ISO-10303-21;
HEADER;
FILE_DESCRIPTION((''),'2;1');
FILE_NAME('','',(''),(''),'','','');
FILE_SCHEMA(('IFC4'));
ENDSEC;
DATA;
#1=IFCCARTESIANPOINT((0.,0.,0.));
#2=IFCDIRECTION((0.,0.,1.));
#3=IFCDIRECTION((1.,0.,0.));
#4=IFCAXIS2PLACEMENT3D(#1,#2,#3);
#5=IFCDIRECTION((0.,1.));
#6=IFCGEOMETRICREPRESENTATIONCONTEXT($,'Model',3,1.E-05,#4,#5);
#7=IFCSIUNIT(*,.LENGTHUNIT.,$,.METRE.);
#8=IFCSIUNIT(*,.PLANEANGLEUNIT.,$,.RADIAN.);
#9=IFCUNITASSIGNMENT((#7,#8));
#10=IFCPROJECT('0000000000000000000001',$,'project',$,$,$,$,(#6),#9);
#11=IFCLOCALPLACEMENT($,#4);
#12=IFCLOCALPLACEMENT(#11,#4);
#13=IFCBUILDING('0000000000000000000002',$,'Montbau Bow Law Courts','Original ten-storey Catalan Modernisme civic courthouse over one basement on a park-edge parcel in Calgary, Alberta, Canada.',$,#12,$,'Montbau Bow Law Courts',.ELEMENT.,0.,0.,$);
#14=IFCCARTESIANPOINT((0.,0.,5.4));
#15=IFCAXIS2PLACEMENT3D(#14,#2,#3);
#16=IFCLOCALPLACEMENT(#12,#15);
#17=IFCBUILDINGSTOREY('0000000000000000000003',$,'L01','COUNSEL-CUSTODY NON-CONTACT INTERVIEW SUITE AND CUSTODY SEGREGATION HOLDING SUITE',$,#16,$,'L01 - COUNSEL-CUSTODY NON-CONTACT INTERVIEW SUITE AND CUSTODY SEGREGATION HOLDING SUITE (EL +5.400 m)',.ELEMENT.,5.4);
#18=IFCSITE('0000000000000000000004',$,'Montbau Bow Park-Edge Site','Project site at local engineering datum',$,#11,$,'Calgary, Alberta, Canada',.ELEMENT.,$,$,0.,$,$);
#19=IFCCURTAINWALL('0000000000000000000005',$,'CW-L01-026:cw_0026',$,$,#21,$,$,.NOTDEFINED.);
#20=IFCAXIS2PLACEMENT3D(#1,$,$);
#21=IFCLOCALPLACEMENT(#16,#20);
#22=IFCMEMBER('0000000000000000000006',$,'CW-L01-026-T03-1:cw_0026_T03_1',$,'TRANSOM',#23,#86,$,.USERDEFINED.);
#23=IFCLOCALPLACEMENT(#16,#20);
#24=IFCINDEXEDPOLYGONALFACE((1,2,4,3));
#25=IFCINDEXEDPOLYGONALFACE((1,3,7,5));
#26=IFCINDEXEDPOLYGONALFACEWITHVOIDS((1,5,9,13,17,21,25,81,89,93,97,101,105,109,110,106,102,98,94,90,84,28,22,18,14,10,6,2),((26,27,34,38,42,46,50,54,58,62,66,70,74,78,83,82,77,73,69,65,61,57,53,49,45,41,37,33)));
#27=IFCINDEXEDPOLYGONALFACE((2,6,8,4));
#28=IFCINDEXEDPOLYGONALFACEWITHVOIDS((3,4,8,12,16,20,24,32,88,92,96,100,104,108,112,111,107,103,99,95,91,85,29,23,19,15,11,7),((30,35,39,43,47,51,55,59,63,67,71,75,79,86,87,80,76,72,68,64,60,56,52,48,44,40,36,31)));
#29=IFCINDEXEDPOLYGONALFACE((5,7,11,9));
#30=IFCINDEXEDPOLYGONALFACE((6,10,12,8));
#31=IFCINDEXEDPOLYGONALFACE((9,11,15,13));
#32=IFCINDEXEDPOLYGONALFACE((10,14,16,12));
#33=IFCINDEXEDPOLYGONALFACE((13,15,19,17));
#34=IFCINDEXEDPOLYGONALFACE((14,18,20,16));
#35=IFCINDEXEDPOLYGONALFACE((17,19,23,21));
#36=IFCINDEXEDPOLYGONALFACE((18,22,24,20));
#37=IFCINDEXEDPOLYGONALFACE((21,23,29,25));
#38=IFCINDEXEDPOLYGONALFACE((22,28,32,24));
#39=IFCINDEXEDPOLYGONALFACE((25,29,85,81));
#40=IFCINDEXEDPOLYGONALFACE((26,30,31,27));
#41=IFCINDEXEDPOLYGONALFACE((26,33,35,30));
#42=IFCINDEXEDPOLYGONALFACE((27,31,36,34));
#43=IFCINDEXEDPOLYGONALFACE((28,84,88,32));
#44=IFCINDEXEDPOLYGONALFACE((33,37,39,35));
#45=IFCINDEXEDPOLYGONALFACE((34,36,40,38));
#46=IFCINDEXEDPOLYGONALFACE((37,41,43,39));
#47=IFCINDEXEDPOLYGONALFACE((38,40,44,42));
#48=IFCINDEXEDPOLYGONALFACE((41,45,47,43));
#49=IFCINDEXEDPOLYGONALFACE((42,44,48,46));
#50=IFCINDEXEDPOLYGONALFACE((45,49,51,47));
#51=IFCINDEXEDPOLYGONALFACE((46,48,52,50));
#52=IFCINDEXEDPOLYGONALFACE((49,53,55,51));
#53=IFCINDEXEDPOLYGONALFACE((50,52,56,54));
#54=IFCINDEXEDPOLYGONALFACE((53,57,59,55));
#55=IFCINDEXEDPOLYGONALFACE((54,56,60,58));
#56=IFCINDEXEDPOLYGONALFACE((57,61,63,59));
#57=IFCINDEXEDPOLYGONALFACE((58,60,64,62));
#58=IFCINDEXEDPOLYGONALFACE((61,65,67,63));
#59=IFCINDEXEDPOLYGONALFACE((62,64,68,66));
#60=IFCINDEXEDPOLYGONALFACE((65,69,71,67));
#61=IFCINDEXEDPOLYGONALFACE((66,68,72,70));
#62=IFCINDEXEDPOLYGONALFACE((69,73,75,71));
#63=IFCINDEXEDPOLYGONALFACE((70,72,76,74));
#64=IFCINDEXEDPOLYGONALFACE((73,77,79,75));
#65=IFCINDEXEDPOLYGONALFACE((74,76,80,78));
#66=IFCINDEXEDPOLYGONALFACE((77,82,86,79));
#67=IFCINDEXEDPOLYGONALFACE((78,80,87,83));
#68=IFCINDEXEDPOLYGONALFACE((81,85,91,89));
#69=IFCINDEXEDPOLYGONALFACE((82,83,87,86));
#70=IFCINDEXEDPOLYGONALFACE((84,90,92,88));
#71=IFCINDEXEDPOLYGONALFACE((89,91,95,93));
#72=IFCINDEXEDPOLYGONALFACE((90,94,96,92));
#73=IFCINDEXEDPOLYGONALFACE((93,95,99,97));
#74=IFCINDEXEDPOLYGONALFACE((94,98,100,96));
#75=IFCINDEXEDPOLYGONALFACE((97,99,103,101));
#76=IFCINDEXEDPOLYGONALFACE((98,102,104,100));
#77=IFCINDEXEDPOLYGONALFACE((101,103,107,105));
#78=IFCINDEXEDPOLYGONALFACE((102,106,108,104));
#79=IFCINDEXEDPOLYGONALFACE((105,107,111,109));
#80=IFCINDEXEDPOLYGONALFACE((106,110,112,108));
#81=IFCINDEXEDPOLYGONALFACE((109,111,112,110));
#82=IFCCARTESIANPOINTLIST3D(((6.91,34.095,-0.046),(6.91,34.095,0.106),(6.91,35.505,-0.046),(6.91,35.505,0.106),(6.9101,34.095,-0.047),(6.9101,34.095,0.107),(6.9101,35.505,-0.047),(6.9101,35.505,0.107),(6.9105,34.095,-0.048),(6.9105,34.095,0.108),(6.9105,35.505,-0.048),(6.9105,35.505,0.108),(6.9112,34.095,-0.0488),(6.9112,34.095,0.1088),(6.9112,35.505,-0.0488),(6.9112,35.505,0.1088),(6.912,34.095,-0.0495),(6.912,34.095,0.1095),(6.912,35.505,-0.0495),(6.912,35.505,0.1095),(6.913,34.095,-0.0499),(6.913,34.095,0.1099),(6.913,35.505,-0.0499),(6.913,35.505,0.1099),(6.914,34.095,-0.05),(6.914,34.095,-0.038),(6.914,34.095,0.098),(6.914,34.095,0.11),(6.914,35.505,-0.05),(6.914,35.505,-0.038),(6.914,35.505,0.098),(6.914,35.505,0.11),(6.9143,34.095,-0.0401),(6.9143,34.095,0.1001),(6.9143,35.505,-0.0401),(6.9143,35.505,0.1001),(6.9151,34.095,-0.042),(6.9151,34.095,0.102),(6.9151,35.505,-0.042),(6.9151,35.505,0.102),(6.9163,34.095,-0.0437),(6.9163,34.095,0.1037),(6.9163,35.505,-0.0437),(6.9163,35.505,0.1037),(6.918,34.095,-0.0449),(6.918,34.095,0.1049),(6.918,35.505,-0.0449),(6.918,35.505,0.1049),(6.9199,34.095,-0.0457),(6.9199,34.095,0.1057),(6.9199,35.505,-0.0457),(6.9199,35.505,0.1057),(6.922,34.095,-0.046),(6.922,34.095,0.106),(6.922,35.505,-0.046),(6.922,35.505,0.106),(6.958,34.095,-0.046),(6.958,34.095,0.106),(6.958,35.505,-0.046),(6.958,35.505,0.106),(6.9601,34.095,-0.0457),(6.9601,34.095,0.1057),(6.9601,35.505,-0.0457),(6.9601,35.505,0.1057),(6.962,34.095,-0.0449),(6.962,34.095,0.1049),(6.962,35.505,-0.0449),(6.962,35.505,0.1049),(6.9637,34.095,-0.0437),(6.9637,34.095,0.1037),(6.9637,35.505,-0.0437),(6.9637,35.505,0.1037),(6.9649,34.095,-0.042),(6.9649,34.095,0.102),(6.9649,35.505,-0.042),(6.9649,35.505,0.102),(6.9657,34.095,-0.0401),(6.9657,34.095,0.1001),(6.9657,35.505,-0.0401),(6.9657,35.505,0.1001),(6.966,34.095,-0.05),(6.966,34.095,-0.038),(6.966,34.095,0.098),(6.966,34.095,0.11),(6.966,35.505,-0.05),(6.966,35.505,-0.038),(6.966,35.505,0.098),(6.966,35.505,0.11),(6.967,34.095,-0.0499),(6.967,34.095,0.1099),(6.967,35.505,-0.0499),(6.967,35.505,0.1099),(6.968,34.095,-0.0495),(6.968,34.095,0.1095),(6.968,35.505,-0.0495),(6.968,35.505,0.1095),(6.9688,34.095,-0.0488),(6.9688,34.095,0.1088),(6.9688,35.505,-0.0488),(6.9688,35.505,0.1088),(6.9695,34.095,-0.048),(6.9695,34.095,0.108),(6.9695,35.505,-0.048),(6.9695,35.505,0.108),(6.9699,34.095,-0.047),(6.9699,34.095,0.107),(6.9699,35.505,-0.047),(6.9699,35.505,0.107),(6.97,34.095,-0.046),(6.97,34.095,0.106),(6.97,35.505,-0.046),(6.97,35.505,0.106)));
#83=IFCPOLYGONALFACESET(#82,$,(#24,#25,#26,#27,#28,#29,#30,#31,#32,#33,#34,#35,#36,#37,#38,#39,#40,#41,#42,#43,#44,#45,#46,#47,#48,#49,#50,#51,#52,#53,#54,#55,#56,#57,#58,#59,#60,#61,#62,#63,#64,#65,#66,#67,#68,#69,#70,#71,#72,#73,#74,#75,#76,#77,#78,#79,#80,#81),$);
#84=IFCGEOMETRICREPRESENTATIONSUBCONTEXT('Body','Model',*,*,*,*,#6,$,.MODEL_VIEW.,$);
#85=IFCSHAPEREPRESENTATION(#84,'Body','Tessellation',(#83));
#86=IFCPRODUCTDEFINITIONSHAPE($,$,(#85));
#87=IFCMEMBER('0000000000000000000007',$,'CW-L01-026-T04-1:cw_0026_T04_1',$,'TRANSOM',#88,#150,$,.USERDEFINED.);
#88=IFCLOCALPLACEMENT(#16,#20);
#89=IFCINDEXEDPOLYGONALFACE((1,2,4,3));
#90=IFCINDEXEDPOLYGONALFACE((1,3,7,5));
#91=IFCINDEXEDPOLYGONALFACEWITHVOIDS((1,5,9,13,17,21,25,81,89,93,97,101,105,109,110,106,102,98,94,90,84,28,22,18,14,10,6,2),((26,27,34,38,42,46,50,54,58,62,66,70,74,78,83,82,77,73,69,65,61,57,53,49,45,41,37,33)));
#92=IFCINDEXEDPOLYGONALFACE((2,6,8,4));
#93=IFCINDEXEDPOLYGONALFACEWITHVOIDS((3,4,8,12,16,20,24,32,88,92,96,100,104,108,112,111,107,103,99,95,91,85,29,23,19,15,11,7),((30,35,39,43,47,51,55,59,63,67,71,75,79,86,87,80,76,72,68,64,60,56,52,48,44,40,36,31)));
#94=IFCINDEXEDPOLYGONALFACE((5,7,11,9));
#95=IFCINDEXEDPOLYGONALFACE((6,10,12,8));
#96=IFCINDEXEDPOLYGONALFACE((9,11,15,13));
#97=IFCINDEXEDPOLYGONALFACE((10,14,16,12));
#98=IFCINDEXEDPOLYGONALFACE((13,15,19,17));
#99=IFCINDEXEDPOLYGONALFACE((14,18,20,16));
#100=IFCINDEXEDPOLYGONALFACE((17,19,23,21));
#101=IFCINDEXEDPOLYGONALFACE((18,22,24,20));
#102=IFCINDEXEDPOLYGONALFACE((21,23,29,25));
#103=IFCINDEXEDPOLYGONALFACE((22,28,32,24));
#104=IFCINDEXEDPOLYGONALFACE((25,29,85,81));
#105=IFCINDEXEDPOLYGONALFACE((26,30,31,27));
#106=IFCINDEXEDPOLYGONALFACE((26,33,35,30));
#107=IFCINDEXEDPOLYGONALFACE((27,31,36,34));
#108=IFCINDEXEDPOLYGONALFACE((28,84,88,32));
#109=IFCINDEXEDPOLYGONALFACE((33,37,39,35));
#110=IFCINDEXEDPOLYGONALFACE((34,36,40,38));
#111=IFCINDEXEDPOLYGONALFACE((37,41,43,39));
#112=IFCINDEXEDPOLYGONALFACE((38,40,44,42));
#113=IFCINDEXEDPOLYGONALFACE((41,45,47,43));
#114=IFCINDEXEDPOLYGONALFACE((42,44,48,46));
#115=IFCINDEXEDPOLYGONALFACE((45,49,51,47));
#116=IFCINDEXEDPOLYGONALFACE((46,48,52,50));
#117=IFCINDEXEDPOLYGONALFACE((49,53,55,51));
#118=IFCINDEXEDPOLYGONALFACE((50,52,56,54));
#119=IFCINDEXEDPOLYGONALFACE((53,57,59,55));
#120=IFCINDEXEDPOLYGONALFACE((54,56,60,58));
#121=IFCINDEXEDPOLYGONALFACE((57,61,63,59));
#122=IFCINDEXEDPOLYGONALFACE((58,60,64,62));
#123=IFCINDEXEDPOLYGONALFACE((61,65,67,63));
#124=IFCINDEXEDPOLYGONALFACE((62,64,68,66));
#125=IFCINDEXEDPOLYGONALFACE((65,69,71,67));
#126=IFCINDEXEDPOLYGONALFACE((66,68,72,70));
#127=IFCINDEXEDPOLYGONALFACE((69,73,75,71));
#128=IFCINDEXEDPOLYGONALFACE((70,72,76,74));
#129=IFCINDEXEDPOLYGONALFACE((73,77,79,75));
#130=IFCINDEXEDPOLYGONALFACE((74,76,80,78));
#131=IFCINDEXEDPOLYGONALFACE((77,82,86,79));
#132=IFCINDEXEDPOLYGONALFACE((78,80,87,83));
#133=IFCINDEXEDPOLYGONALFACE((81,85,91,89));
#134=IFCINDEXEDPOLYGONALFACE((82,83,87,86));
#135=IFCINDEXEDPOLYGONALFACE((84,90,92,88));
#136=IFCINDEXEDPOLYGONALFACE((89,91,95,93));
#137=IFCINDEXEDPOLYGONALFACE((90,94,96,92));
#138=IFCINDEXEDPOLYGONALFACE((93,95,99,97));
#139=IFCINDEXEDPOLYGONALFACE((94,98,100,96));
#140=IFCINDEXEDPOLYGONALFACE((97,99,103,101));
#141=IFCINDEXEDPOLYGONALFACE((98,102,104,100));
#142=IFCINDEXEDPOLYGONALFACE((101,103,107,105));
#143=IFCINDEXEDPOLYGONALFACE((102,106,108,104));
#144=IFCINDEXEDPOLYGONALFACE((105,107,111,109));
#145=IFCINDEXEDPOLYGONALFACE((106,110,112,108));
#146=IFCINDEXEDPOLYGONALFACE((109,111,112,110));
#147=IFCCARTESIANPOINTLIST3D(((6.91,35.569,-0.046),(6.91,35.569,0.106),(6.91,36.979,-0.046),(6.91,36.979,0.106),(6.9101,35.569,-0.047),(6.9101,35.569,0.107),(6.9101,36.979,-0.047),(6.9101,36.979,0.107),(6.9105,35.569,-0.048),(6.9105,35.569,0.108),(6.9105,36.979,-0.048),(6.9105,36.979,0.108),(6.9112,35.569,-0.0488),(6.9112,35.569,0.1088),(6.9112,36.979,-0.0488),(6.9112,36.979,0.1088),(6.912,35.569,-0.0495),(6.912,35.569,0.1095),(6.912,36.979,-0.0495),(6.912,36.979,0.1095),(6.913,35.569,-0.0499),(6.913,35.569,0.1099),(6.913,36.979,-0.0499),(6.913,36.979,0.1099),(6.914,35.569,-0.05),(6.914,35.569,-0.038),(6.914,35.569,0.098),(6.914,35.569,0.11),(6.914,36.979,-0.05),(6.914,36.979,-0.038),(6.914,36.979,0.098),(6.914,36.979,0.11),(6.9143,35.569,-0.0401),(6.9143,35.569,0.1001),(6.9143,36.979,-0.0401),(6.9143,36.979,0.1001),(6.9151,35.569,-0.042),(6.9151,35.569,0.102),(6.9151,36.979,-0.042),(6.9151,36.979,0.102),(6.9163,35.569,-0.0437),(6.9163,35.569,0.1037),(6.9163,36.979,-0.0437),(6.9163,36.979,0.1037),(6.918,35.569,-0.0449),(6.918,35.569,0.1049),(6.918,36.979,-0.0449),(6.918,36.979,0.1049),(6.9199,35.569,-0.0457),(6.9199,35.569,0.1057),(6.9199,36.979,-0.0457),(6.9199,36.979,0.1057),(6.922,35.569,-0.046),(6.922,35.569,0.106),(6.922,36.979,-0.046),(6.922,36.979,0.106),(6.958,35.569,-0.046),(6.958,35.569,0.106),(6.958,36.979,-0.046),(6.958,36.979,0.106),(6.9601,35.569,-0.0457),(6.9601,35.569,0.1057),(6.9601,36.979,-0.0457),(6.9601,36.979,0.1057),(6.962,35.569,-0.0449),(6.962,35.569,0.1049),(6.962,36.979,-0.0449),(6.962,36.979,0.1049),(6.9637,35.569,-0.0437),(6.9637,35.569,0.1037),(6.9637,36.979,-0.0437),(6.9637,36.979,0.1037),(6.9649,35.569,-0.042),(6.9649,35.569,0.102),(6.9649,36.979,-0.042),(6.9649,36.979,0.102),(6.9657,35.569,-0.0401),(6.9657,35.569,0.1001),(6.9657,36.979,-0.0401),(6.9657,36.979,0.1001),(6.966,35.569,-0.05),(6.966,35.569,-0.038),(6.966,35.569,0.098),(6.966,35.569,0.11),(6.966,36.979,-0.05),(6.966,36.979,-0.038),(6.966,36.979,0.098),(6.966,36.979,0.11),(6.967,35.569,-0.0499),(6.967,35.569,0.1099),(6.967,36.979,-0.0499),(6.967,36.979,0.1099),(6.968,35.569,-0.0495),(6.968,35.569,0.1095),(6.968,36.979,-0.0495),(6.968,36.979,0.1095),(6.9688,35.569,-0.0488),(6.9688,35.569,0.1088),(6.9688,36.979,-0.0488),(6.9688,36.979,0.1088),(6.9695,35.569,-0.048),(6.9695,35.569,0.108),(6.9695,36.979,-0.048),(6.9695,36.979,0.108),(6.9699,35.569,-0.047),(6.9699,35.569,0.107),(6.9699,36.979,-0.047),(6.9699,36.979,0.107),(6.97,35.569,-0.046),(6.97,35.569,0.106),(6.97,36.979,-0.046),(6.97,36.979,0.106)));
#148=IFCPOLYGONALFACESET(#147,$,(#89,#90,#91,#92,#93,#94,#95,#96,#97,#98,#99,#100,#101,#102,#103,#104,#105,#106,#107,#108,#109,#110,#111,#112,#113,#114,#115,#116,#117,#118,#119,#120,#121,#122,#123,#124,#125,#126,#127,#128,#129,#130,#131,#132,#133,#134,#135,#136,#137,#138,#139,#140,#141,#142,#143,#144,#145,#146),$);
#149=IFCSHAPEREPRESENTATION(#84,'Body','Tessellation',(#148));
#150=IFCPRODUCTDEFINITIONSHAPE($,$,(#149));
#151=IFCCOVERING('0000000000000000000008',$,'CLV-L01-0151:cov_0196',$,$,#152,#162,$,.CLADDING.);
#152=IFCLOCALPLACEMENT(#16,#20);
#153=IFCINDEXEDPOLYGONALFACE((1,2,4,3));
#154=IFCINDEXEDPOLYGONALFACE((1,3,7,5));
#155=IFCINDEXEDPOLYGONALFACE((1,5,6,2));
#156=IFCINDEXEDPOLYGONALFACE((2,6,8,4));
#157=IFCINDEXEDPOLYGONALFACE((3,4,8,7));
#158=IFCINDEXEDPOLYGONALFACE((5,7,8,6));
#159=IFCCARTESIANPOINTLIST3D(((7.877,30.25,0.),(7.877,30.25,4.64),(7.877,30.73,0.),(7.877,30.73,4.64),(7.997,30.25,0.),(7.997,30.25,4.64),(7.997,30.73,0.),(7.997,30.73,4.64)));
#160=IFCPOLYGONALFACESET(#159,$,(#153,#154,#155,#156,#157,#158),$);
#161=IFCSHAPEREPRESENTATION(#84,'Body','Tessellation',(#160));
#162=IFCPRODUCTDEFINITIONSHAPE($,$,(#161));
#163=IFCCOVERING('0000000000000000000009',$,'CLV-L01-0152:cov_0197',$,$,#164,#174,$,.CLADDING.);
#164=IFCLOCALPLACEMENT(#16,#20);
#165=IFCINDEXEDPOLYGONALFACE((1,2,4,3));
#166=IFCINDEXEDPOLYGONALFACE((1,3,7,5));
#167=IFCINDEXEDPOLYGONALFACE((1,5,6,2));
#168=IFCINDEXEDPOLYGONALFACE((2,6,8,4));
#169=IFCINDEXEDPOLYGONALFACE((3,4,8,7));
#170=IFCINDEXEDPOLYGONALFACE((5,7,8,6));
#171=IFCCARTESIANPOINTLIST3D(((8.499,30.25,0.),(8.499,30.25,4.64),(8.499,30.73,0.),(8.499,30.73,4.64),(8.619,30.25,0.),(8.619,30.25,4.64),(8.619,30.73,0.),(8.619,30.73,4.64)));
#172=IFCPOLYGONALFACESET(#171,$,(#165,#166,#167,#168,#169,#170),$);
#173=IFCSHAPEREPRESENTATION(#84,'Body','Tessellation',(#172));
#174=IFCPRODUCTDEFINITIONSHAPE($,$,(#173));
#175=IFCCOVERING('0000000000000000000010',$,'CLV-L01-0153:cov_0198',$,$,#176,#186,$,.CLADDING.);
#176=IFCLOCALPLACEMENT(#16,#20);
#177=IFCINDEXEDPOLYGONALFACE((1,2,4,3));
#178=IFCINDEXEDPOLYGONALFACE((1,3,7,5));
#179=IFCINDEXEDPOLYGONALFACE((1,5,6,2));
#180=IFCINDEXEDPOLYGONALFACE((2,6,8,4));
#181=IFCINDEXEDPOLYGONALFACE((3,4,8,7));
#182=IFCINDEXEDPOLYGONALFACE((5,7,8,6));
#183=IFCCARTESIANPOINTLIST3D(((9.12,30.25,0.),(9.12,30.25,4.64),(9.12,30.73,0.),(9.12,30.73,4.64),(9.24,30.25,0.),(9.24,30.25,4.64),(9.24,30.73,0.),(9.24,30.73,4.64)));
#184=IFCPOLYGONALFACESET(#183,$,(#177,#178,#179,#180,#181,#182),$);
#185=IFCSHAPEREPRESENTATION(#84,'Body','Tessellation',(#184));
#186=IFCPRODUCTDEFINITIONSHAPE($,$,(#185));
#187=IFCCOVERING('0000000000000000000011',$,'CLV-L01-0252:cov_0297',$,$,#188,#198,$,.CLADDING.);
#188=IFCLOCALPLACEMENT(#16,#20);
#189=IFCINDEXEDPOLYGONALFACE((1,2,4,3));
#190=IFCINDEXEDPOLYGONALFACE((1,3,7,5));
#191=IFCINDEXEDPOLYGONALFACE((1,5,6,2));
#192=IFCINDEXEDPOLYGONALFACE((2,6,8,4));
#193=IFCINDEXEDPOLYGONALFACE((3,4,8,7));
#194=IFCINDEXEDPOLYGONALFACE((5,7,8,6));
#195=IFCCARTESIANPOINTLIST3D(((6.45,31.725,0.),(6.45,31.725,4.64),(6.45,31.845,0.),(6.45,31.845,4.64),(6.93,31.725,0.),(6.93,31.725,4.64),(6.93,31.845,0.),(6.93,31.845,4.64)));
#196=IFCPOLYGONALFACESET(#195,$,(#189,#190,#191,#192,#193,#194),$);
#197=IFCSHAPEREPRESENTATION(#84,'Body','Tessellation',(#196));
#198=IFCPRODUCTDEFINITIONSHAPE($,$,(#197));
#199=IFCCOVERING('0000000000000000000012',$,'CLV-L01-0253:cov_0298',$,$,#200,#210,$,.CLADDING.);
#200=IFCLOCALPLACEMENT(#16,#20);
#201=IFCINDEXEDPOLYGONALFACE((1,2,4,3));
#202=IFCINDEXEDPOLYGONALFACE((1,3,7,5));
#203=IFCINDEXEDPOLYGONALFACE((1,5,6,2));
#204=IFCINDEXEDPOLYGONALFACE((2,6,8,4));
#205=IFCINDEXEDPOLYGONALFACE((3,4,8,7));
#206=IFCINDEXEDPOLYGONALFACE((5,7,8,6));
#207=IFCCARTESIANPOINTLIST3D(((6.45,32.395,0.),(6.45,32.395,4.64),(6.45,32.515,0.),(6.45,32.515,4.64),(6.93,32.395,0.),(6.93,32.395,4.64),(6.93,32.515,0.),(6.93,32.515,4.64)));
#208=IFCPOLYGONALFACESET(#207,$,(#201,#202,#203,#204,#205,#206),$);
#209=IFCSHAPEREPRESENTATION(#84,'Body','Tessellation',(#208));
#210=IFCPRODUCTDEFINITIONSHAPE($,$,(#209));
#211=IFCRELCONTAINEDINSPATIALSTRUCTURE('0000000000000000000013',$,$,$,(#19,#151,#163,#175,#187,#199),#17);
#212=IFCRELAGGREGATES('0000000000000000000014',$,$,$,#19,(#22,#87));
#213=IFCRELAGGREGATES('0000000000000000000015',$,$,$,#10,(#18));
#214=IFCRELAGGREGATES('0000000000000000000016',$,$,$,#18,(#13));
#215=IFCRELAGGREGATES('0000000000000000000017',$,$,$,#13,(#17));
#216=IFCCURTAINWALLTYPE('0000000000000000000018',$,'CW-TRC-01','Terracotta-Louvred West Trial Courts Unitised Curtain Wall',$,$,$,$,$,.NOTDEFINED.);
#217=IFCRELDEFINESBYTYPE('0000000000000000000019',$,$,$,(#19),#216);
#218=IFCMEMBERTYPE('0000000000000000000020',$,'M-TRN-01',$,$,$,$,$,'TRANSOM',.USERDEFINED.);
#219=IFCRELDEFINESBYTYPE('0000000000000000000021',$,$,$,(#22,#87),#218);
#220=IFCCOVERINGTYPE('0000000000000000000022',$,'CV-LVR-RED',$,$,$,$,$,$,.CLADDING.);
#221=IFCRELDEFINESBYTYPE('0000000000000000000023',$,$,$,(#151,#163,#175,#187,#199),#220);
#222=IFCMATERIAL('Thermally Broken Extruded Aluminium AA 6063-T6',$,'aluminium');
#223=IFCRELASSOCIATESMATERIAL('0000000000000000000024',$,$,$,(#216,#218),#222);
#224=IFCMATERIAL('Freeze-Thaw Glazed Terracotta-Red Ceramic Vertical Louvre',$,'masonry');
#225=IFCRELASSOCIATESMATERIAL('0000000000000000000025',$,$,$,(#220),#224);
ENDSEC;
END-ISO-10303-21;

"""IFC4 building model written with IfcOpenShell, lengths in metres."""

from ifc_helpers import new_model, si_unit, direction, frame, frame_2d, origin_with_axes, origin_2d_with_axis, place, context, subcontext, project, spatial, rectangle, hollow_rectangle, extrude, material, material_profile, profile_set, type_object, element, aggregate, save


model = new_model("IFC4")

# Units and contexts
model_context = context("Model", 3, precision=1e-05, world=origin_with_axes(), true_north=direction((0.0, 1.0)))
body_context = subcontext(model_context, "Body", "Model", "MODEL_VIEW")
ifc_project = project(units=[si_unit("LENGTHUNIT", "METRE"), si_unit("PLANEANGLEUNIT", "RADIAN")], contexts=[model_context])

# Site, building, storey
site_placement = place(None, origin_with_axes())
site = spatial("IfcSite", under=ifc_project, at=site_placement, Name="Montbau Bow Park-Edge Site", Description="Project site at local engineering datum", LongName="Calgary, Alberta, Canada", CompositionType="ELEMENT", RefElevation=0.0)
building_placement = place(site_placement, origin_with_axes())
building = spatial("IfcBuilding", under=site, at=building_placement, Name="Montbau Bow Law Courts", Description="Original ten-storey Catalan Modernisme civic courthouse over one basement on a park-edge parcel in Calgary, Alberta, Canada.", LongName="Montbau Bow Law Courts", CompositionType="ELEMENT", ElevationOfRefHeight=0.0, ElevationOfTerrain=0.0)
storey_placement = place(building_placement, frame((0.0, 0.0, 5.4), z_axis=(0.0, 0.0, 1.0), x_axis=(1.0, 0.0, 0.0)))
storey = spatial("IfcBuildingStorey", under=building, at=storey_placement, Name="L01", Description="COUNSEL-CUSTODY NON-CONTACT INTERVIEW SUITE AND CUSTODY SEGREGATION HOLDING SUITE", LongName="L01 - COUNSEL-CUSTODY NON-CONTACT INTERVIEW SUITE AND CUSTODY SEGREGATION HOLDING SUITE (EL +5.400 m)", CompositionType="ELEMENT", Elevation=5.4)

# Curtain wall
ifc_material_1 = material(Name="Thermally Broken Extruded Aluminium AA 6063-T6", Category="aluminium")
curtain_wall_type = type_object("IfcCurtainWallType", Name="CW-TRC-01", Description="Terracotta-Louvred West Trial Courts Unitised Curtain Wall", PredefinedType="NOTDEFINED", material=ifc_material_1)
curtain_wall_1_placement = place(None, frame((6.94, 31.115, 5.4), z_axis=(0.0, 0.0, 1.0), x_axis=(1.0, 0.0, 0.0)))
curtain_wall_1 = element("IfcCurtainWall", 1, at=curtain_wall_1_placement, inside=storey, type_object=curtain_wall_type, Name="CW-L01-026:cw_0026", PredefinedType="NOTDEFINED")

# Members
ifc_material_profile_1 = material_profile(ifc_material_1, hollow_rectangle(XDim=0.06, YDim=0.16, WallThickness=0.004, InnerFilletRadius=0.008, OuterFilletRadius=0.004, at=origin_2d_with_axis()), Name="CWT-160X60", Category="Main", Priority=0)
ifc_profile_set_1 = profile_set([ifc_material_profile_1], Name="Thermally Broken Extruded Aluminium AA 6063-T6")
member_type_1 = type_object("IfcMemberType", Name="M-TRN-01", ElementType="TRANSOM", PredefinedType="USERDEFINED", material=ifc_profile_set_1)
member_1_placement = place(None, frame((6.94, 34.095, 5.43), z_axis=(0.0, 1.0, 0.0), x_axis=(-1.0, 0.0, 0.0)))
member_1 = element("IfcMember", 2, at=member_1_placement, type_object=member_type_1, Name="CW-L01-026-T03-1:cw_0026_T03_1", ObjectType="TRANSOM", PredefinedType="USERDEFINED", context=body_context, shape_type="SweptSolid", body=[
    extrude(hollow_rectangle(XDim=0.06, YDim=0.16, WallThickness=0.004, InnerFilletRadius=0.008, OuterFilletRadius=0.004, at=origin_2d_with_axis()), origin_with_axes(), (0.0, 0.0, 1.0), 1.41),
])
member_2_placement = place(None, frame((6.94, 35.569, 5.43), z_axis=(0.0, 1.0, 0.0), x_axis=(-1.0, 0.0, 0.0)))
member_2 = element("IfcMember", 3, at=member_2_placement, type_object=member_type_1, Name="CW-L01-026-T04-1:cw_0026_T04_1", ObjectType="TRANSOM", PredefinedType="USERDEFINED", context=body_context, shape_type="SweptSolid", body=[
    extrude(hollow_rectangle(XDim=0.06, YDim=0.16, WallThickness=0.004, InnerFilletRadius=0.008, OuterFilletRadius=0.004, at=origin_2d_with_axis()), origin_with_axes(), (0.0, 0.0, 1.0), 1.41),
])
aggregate(curtain_wall_1, [member_1, member_2])

# Coverings
ifc_material_2 = material(Name="Freeze-Thaw Glazed Terracotta-Red Ceramic Vertical Louvre", Category="masonry")
covering_type = type_object("IfcCoveringType", Name="CV-LVR-RED", PredefinedType="CLADDING", material=ifc_material_2)
for number, where, z_axis, x_axis, name in (
    (4, (7.937, 30.73, 5.4), (-1.0, 0.0, 0.0), (0.0, -1.0, 0.0), "CLV-L01-0151:cov_0196"),
    (5, (8.559, 30.73, 5.4), (-1.0, 0.0, 0.0), (0.0, -1.0, 0.0), "CLV-L01-0152:cov_0197"),
    (6, (9.18, 30.73, 5.4), (-1.0, 0.0, 0.0), (0.0, -1.0, 0.0), "CLV-L01-0153:cov_0198"),
    (7, (6.93, 31.785, 5.4), (0.0, 1.0, 0.0), (-1.0, 0.0, 0.0), "CLV-L01-0252:cov_0297"),
    (8, (6.93, 32.455, 5.4), (0.0, 1.0, 0.0), (-1.0, 0.0, 0.0), "CLV-L01-0253:cov_0298"),
):
    element("IfcCovering", number, at=place(None, frame(where, z_axis=z_axis, x_axis=x_axis)), inside=storey, type_object=covering_type, Name=name, PredefinedType="CLADDING", context=body_context, shape_type="SweptSolid", body=[
        extrude(rectangle(XDim=0.48, YDim=4.64, at=frame_2d((0.24, 2.32), x_axis=(1.0, 0.0))), frame((0.0, 0.0, -0.06), z_axis=(0.0, 0.0, 1.0), x_axis=(1.0, 0.0, 0.0)), (0.0, 0.0, 1.0), 0.12),
    ])

save(model, "model.ifc")
